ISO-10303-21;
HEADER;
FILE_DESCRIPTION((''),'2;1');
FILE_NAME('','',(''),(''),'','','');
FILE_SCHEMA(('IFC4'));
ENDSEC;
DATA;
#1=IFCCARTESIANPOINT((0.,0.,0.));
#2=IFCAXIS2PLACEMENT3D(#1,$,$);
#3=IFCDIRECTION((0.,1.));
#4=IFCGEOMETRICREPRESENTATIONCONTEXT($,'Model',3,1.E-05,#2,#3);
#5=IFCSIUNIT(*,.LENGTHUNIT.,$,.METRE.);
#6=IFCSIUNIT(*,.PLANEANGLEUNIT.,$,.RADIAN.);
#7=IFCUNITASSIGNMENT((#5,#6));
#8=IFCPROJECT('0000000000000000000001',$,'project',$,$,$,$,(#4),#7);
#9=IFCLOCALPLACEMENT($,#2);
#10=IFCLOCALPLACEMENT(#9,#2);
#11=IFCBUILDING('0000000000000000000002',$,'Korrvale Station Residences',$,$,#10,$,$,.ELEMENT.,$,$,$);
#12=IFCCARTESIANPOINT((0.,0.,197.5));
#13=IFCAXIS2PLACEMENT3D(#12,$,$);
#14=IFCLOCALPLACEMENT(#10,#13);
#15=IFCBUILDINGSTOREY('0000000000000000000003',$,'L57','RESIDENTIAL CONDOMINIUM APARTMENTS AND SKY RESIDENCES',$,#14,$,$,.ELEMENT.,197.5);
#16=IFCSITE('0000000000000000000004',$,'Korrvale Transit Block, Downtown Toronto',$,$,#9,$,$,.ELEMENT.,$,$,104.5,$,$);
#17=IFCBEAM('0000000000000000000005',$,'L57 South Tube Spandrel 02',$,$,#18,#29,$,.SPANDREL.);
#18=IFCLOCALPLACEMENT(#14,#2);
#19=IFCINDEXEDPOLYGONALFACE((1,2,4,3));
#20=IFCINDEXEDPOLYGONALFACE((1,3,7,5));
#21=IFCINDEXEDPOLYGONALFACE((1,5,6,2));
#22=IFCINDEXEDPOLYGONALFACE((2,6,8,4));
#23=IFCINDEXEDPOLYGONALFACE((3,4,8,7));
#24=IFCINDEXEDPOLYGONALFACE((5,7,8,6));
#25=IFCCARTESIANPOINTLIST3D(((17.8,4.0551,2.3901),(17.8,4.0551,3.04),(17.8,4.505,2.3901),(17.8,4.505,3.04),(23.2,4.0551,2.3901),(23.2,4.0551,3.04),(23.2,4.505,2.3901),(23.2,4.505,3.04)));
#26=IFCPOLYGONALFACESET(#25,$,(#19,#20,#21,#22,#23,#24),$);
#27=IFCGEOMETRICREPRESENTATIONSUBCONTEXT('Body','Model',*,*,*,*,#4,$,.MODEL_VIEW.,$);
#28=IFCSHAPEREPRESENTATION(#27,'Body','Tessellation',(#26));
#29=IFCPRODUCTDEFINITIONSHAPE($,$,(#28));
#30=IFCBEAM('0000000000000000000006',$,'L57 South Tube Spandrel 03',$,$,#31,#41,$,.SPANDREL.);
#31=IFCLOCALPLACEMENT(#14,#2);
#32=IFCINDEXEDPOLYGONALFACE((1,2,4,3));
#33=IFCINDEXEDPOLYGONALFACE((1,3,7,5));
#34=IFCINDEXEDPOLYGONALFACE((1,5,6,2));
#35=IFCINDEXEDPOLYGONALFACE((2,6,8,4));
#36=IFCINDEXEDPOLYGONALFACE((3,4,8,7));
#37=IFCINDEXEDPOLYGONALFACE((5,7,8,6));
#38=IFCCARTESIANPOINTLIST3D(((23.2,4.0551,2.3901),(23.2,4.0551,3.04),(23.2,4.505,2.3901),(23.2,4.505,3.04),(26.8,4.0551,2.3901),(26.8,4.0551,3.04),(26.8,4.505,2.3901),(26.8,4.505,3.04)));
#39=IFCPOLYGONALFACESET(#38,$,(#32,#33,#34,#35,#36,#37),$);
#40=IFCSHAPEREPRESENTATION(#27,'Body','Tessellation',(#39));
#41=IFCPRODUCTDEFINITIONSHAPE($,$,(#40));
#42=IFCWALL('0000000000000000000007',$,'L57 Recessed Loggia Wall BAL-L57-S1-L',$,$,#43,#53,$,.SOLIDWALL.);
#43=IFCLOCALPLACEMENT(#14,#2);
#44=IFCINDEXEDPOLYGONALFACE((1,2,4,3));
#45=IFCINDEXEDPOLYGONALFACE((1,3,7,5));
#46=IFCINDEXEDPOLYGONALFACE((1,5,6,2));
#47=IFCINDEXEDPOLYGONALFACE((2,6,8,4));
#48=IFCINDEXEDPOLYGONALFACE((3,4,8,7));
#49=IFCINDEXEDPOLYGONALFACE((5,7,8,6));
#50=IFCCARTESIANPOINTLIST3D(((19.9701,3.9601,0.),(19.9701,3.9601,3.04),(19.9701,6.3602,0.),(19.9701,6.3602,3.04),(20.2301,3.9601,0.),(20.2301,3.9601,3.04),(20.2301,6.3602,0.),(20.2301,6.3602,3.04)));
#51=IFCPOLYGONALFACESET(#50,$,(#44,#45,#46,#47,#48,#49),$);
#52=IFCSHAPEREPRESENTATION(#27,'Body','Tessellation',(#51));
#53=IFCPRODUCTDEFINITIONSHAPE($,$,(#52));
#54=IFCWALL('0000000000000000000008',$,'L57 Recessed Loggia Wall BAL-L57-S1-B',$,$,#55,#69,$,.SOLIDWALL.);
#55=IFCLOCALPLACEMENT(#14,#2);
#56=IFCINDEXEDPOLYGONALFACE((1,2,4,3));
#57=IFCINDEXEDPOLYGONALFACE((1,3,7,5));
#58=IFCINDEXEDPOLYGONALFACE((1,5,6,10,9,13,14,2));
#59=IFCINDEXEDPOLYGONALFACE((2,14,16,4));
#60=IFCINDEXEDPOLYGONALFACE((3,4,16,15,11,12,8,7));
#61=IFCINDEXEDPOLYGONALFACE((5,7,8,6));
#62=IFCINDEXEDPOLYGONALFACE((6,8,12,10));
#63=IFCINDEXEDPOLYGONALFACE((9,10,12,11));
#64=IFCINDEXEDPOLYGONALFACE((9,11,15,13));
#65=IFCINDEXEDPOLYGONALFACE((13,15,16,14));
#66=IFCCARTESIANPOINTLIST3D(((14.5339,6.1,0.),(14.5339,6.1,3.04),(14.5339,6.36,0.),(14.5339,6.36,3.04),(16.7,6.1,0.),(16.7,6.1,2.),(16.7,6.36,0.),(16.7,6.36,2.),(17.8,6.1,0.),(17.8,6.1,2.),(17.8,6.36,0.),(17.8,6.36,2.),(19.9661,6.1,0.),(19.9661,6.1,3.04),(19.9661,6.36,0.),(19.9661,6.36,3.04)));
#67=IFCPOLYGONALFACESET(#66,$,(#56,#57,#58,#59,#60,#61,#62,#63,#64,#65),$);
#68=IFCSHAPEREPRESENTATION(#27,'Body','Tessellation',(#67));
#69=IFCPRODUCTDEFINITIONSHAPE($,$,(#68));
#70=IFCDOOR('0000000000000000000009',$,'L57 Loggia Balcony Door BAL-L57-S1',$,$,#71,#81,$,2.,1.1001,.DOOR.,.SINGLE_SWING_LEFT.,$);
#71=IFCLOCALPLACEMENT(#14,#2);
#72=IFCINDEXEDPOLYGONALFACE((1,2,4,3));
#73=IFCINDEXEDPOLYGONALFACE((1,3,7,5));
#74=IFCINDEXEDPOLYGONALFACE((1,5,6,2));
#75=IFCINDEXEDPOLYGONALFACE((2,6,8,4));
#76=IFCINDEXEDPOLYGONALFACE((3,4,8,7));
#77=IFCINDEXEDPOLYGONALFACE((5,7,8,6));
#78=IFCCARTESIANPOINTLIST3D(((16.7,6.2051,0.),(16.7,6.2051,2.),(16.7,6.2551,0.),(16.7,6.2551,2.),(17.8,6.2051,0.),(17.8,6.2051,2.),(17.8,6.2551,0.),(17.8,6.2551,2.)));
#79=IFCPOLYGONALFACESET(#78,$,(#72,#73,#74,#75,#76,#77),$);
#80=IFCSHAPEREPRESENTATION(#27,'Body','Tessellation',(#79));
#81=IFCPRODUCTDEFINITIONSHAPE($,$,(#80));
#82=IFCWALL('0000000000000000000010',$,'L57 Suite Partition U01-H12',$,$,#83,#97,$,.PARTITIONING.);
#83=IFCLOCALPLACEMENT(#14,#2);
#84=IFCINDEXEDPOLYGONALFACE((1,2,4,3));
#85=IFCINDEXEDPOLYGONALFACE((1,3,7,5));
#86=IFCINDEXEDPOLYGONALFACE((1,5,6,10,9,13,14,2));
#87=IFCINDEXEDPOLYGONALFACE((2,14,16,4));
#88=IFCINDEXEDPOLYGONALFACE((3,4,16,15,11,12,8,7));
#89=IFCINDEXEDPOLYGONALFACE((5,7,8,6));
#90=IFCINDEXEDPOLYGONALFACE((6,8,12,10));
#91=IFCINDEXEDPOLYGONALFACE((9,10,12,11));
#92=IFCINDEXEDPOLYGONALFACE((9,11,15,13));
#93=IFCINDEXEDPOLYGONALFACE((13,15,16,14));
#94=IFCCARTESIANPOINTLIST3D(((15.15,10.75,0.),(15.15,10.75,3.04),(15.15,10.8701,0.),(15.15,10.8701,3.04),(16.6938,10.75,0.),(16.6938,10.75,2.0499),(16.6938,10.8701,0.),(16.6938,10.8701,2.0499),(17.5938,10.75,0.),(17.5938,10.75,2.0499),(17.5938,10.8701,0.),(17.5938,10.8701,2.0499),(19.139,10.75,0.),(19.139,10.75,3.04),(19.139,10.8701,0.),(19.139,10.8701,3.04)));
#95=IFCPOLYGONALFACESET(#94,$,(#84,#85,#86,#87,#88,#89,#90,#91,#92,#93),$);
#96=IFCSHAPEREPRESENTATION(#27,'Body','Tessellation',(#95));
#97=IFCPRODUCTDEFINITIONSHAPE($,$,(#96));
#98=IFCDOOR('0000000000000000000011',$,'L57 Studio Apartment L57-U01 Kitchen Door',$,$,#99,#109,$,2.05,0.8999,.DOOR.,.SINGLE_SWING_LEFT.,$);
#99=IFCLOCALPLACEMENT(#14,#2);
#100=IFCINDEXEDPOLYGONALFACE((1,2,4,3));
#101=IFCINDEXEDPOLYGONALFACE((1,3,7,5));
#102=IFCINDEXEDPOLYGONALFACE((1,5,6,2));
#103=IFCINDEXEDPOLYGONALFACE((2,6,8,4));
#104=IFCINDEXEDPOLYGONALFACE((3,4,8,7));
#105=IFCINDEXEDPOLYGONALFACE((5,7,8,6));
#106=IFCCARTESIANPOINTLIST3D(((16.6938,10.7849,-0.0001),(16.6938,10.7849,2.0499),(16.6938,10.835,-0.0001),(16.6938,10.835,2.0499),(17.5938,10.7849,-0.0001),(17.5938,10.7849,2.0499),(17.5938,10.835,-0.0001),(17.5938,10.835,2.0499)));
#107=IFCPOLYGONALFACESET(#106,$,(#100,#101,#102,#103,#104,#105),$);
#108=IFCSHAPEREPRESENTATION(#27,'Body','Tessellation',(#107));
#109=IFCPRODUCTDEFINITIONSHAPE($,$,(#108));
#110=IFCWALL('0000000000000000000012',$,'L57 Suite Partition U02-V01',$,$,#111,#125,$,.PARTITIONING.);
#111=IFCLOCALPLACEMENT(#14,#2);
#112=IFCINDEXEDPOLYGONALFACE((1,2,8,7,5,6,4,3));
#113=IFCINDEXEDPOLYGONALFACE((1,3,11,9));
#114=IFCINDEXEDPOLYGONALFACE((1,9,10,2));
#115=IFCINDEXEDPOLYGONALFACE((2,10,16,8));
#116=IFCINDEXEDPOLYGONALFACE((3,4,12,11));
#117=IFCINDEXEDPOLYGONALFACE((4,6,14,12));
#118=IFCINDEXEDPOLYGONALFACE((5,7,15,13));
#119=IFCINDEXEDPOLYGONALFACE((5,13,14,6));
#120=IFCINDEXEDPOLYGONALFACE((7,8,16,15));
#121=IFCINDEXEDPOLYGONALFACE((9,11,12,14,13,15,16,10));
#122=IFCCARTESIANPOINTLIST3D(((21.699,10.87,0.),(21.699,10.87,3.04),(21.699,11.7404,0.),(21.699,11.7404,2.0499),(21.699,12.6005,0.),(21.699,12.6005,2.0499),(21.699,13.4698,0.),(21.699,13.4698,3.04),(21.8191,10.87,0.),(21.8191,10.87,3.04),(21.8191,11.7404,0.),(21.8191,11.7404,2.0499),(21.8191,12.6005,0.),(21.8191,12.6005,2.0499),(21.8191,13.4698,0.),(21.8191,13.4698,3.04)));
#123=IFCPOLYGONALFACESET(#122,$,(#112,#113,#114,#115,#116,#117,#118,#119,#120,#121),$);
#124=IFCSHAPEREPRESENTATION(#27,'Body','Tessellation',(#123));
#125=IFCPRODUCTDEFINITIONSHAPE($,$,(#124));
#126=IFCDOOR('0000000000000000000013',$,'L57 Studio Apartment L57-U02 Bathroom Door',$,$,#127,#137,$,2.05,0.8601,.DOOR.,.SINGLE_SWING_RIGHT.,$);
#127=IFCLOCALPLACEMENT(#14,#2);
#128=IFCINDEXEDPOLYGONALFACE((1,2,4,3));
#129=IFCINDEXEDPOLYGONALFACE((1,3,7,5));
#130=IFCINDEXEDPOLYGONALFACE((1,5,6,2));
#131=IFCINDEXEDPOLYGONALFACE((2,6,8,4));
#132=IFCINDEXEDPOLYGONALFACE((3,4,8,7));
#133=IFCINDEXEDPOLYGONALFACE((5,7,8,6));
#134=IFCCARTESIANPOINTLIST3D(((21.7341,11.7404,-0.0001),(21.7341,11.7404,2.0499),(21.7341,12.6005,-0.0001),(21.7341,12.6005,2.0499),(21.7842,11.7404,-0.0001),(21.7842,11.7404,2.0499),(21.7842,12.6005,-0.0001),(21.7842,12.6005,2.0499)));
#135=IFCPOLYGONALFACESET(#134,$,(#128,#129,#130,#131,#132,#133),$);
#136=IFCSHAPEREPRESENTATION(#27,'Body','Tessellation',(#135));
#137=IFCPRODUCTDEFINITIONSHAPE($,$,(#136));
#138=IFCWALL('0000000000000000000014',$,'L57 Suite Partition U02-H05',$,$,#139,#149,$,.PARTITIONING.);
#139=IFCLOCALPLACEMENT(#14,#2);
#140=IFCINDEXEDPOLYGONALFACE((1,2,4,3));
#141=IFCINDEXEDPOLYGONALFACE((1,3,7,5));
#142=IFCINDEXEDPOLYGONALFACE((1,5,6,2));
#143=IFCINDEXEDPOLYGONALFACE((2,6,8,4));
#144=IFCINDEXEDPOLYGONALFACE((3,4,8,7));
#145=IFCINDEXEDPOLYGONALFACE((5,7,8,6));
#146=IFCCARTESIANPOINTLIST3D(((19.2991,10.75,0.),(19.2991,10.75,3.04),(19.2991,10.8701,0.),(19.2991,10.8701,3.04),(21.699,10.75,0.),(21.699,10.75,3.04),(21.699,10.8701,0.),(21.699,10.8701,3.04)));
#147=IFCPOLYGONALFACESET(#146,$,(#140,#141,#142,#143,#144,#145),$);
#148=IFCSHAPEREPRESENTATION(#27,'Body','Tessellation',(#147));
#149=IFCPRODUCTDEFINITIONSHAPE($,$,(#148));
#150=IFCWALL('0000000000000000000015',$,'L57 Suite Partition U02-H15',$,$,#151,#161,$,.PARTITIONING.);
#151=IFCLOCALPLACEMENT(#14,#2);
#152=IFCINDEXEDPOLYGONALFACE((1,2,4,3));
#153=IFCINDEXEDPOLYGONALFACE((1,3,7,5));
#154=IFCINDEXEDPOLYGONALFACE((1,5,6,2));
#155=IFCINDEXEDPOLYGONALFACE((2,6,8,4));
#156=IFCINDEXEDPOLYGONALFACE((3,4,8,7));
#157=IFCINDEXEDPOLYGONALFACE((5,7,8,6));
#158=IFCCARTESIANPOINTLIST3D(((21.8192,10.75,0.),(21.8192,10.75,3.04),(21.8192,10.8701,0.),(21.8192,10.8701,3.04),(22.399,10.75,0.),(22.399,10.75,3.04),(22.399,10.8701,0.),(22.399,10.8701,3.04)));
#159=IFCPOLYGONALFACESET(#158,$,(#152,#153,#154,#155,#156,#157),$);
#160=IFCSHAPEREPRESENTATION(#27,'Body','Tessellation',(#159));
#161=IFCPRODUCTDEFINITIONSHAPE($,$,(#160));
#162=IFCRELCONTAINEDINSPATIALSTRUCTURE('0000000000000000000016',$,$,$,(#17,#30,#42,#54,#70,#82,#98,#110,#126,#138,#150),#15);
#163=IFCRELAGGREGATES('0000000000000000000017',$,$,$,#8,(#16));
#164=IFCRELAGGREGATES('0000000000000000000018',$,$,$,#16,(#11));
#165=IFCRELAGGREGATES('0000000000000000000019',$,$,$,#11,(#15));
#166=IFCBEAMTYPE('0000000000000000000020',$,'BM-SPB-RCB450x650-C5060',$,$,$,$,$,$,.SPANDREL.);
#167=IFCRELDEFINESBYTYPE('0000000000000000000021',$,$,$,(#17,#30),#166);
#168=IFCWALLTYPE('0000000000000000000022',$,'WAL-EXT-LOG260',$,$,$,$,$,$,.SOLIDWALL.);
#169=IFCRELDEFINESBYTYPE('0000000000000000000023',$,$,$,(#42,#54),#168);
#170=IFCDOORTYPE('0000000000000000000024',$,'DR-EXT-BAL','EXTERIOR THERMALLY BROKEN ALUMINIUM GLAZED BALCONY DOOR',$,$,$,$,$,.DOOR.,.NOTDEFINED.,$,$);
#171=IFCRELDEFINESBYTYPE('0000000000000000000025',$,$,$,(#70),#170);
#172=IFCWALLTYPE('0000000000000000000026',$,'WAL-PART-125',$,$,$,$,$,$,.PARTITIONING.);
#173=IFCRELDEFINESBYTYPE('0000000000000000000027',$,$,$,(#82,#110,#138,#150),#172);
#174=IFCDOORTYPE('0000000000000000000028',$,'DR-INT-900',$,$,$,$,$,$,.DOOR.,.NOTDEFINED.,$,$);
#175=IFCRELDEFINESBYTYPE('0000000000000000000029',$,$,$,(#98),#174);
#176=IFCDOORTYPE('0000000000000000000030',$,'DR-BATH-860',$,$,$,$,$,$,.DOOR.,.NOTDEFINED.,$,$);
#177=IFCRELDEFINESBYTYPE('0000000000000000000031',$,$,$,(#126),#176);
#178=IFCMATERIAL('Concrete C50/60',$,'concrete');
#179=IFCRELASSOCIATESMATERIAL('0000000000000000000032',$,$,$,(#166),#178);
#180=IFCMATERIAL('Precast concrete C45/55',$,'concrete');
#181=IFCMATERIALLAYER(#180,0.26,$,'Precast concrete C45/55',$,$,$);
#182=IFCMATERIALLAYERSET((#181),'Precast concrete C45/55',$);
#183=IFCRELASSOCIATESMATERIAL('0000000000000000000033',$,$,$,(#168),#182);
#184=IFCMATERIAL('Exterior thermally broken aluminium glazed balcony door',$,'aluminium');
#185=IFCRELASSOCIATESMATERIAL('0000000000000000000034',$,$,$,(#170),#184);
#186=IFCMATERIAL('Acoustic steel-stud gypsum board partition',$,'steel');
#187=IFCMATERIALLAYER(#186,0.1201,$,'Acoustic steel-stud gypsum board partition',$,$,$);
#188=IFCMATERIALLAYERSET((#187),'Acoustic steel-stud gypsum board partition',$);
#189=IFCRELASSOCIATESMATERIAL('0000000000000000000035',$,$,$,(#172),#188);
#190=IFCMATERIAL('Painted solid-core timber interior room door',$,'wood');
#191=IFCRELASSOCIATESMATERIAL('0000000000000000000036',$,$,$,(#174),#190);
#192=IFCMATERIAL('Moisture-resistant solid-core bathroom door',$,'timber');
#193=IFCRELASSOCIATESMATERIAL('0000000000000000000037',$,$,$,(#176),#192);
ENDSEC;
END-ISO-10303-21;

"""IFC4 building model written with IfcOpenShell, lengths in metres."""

from ifc_helpers import new_model, si_unit, direction, frame, frame_2d, origin, origin_2d, place, context, subcontext, project, spatial, rectangle, extrude, material, layer, layer_set, material_profile, profile_set, type_object, element, fill, save


model = new_model("IFC4")

# Units and contexts
model_context = context("Model", 3, precision=1e-05, world=origin(), true_north=direction((0.0, 1.0)))
body_context = subcontext(model_context, "Body", "Model", "MODEL_VIEW")
ifc_project = project(units=[si_unit("LENGTHUNIT", "METRE"), si_unit("PLANEANGLEUNIT", "RADIAN")], contexts=[model_context])

# Site, building, storey
site_placement = place(None, origin())
site = spatial("IfcSite", under=ifc_project, at=site_placement, Name="Korrvale Transit Block, Downtown Toronto", CompositionType="ELEMENT", RefElevation=104.5)
building_placement = place(site_placement, origin())
building = spatial("IfcBuilding", under=site, at=building_placement, Name="Korrvale Station Residences", CompositionType="ELEMENT")
storey_placement = place(building_placement, frame((0.0, 0.0, 197.5)))
storey = spatial("IfcBuildingStorey", under=building, at=storey_placement, Name="L57", Description="RESIDENTIAL CONDOMINIUM APARTMENTS AND SKY RESIDENCES", CompositionType="ELEMENT", Elevation=197.5)

# Shared definitions
ifc_material_1 = material(Name="Concrete C50/60", Category="concrete")

# Beams
ifc_material_profile_1 = material_profile(ifc_material_1, rectangle(XDim=0.45, YDim=0.6499, at=origin_2d()), Name="RCB450x650")
ifc_profile_set_1 = profile_set([ifc_material_profile_1], Name="Concrete C50/60")
beam_type_1 = type_object("IfcBeamType", Name="BM-SPB-RCB450x650-C5060", PredefinedType="SPANDREL", material=ifc_profile_set_1)
beam_1_placement = place(storey_placement, frame((17.8, 4.28, 2.7151), z_axis=(1.0, 0.0, 0.0), x_axis=(0.0, 1.0, 0.0)))
element("IfcBeam", 1, at=beam_1_placement, inside=storey, type_object=beam_type_1, Name="L57 South Tube Spandrel 02", PredefinedType="SPANDREL", context=body_context, shape_type="SweptSolid", body=[
    extrude(rectangle(XDim=0.45, YDim=0.6499, at=origin_2d()), origin(), (0.0, 0.0, 1.0), 5.3999),
])
beam_2_placement = place(storey_placement, frame((23.2, 4.28, 2.7151), z_axis=(1.0, 0.0, 0.0), x_axis=(0.0, 1.0, 0.0)))
element("IfcBeam", 2, at=beam_2_placement, inside=storey, type_object=beam_type_1, Name="L57 South Tube Spandrel 03", PredefinedType="SPANDREL", context=body_context, shape_type="SweptSolid", body=[
    extrude(rectangle(XDim=0.45, YDim=0.6499, at=origin_2d()), origin(), (0.0, 0.0, 1.0), 3.6001),
])

# Wall
ifc_material_2 = material(Name="Precast concrete C45/55", Category="concrete")
ifc_layer_1 = layer(ifc_material_2, 0.26, Name="Precast concrete C45/55")
ifc_layer_set_1 = layer_set([ifc_layer_1], Name="Precast concrete C45/55")
wall_type_1 = type_object("IfcWallType", Name="WAL-EXT-LOG260", PredefinedType="SOLIDWALL", material=ifc_layer_set_1)
wall_1_placement = place(storey_placement, frame((20.1001, 3.96, 0.0), z_axis=(0.0, 0.0, 1.0), x_axis=(0.0, 1.0, 0.0)))
element("IfcWall", 3, at=wall_1_placement, inside=storey, type_object=wall_type_1, Name="L57 Recessed Loggia Wall BAL-L57-S1-L", PredefinedType="SOLIDWALL", context=body_context, shape_type="SweptSolid", body=[
    extrude(rectangle(XDim=2.4001, YDim=0.26, at=frame_2d((1.2002, 0.0))), origin(), (0.0, 0.0, 1.0), 3.04),
])

# Walls, openings, doors
wall_2_placement = place(storey_placement, frame((19.9661, 6.23, 0.0), z_axis=(0.0, 0.0, 1.0), x_axis=(-1.0, 0.0, 0.0)))
wall_2 = element("IfcWall", 4, at=wall_2_placement, inside=storey, type_object=wall_type_1, Name="L57 Recessed Loggia Wall BAL-L57-S1-B", PredefinedType="SOLIDWALL", context=body_context, shape_type="SweptSolid", body=[
    extrude(rectangle(XDim=5.4321, YDim=0.26, at=frame_2d((2.7161, 0.0))), origin(), (0.0, 0.0, 1.0), 3.04),
])
opening_1_placement = place(wall_2_placement, frame((2.166, 0.0, 0.0)))
opening_1 = element("IfcOpeningElement", 5, at=opening_1_placement, cuts=wall_2, PredefinedType="OPENING", context=body_context, shape_type="SweptSolid", body=[
    extrude(rectangle(XDim=1.1001, YDim=2.0, at=frame_2d((0.55, 1.0))), frame((0.0, 0.1401, 0.0), z_axis=(0.0, -1.0, 0.0), x_axis=(1.0, 0.0, 0.0)), (0.0, 0.0, 1.0), 0.28),
])
ifc_material_3 = material(Name="Exterior thermally broken aluminium glazed balcony door", Category="aluminium")
door_type_1 = type_object("IfcDoorType", Name="DR-EXT-BAL", Description="EXTERIOR THERMALLY BROKEN ALUMINIUM GLAZED BALCONY DOOR", OperationType="NOTDEFINED", PredefinedType="DOOR", material=ifc_material_3)
door_1_placement = place(opening_1_placement, origin())
door_1 = element("IfcDoor", 6, at=door_1_placement, inside=storey, type_object=door_type_1, Name="L57 Loggia Balcony Door BAL-L57-S1", OperationType="SINGLE_SWING_LEFT", OverallHeight=2.0, OverallWidth=1.1001, PredefinedType="DOOR", context=body_context, shape_type="SweptSolid", body=[
    extrude(rectangle(XDim=1.1001, YDim=2.0, at=frame_2d((0.55, 1.0))), frame((0.0, 0.0249, 0.0), z_axis=(0.0, -1.0, 0.0), x_axis=(1.0, 0.0, 0.0)), (0.0, 0.0, 1.0), 0.05),
])
fill(opening_1, door_1)
ifc_material_4 = material(Name="Acoustic steel-stud gypsum board partition", Category="steel")
ifc_layer_2 = layer(ifc_material_4, 0.1201, Name="Acoustic steel-stud gypsum board partition")
ifc_layer_set_2 = layer_set([ifc_layer_2], Name="Acoustic steel-stud gypsum board partition")
wall_type_2 = type_object("IfcWallType", Name="WAL-PART-125", PredefinedType="PARTITIONING", material=ifc_layer_set_2)
wall_3_placement = place(storey_placement, frame((15.1499, 10.8101, 0.0), z_axis=(0.0, 0.0, 1.0), x_axis=(1.0, 0.0, 0.0)))
wall_3 = element("IfcWall", 7, at=wall_3_placement, inside=storey, type_object=wall_type_2, Name="L57 Suite Partition U01-H12", PredefinedType="PARTITIONING", context=body_context, shape_type="SweptSolid", body=[
    extrude(rectangle(XDim=3.989, YDim=0.1201, at=frame_2d((1.9946, 0.0))), origin(), (0.0, 0.0, 1.0), 3.04),
])
opening_2_placement = place(wall_3_placement, frame((1.5439, 0.0, 0.0)))
opening_2 = element("IfcOpeningElement", 8, at=opening_2_placement, cuts=wall_3, PredefinedType="OPENING", context=body_context, shape_type="SweptSolid", body=[
    extrude(rectangle(XDim=0.8999, YDim=2.05, at=frame_2d((0.45, 1.0249))), frame((0.0, 0.0701, 0.0), z_axis=(0.0, -1.0, 0.0), x_axis=(1.0, 0.0, 0.0)), (0.0, 0.0, 1.0), 0.1401),
])
ifc_material_5 = material(Name="Painted solid-core timber interior room door", Category="wood")
door_type_2 = type_object("IfcDoorType", Name="DR-INT-900", OperationType="NOTDEFINED", PredefinedType="DOOR", material=ifc_material_5)
door_2_placement = place(opening_2_placement, origin())
door_2 = element("IfcDoor", 9, at=door_2_placement, inside=storey, type_object=door_type_2, Name="L57 Studio Apartment L57-U01 Kitchen Door", OperationType="SINGLE_SWING_LEFT", OverallHeight=2.05, OverallWidth=0.8999, PredefinedType="DOOR", context=body_context, shape_type="SweptSolid", body=[
    extrude(rectangle(XDim=0.8999, YDim=2.05, at=frame_2d((0.45, 1.0249))), frame((0.0, 0.0249, 0.0), z_axis=(0.0, -1.0, 0.0), x_axis=(1.0, 0.0, 0.0)), (0.0, 0.0, 1.0), 0.05),
])
fill(opening_2, door_2)
wall_4_placement = place(storey_placement, frame((21.759, 10.8701, 0.0), z_axis=(0.0, 0.0, 1.0), x_axis=(0.0, 1.0, 0.0)))
wall_4 = element("IfcWall", 10, at=wall_4_placement, inside=storey, type_object=wall_type_2, Name="L57 Suite Partition U02-V01", PredefinedType="PARTITIONING", context=body_context, shape_type="SweptSolid", body=[
    extrude(rectangle(XDim=2.5999, YDim=0.1201, at=frame_2d((1.2998, 0.0))), origin(), (0.0, 0.0, 1.0), 3.04),
])
opening_3_placement = place(wall_4_placement, frame((0.8701, 0.0, 0.0)))
opening_3 = element("IfcOpeningElement", 11, at=opening_3_placement, cuts=wall_4, PredefinedType="OPENING", context=body_context, shape_type="SweptSolid", body=[
    extrude(rectangle(XDim=0.8601, YDim=2.05, at=frame_2d((0.4302, 1.0249))), frame((0.0, 0.0701, 0.0), z_axis=(0.0, -1.0, 0.0), x_axis=(1.0, 0.0, 0.0)), (0.0, 0.0, 1.0), 0.1401),
])
ifc_material_6 = material(Name="Moisture-resistant solid-core bathroom door", Category="timber")
door_type_3 = type_object("IfcDoorType", Name="DR-BATH-860", OperationType="NOTDEFINED", PredefinedType="DOOR", material=ifc_material_6)
door_3_placement = place(opening_3_placement, origin())
door_3 = element("IfcDoor", 12, at=door_3_placement, inside=storey, type_object=door_type_3, Name="L57 Studio Apartment L57-U02 Bathroom Door", OperationType="SINGLE_SWING_RIGHT", OverallHeight=2.05, OverallWidth=0.8601, PredefinedType="DOOR", context=body_context, shape_type="SweptSolid", body=[
    extrude(rectangle(XDim=0.8601, YDim=2.05, at=frame_2d((0.4302, 1.0249))), frame((0.0, 0.0249, 0.0), z_axis=(0.0, -1.0, 0.0), x_axis=(1.0, 0.0, 0.0)), (0.0, 0.0, 1.0), 0.05),
])
fill(opening_3, door_3)

# Walls
wall_5_placement = place(storey_placement, frame((19.2991, 10.8101, 0.0), z_axis=(0.0, 0.0, 1.0), x_axis=(1.0, 0.0, 0.0)))
element("IfcWall", 13, at=wall_5_placement, inside=storey, type_object=wall_type_2, Name="L57 Suite Partition U02-H05", PredefinedType="PARTITIONING", context=body_context, shape_type="SweptSolid", body=[
    extrude(rectangle(XDim=2.3999, YDim=0.1201, at=frame_2d((1.2, 0.0))), origin(), (0.0, 0.0, 1.0), 3.04),
])
wall_6_placement = place(storey_placement, frame((21.8191, 10.8101, 0.0), z_axis=(0.0, 0.0, 1.0), x_axis=(1.0, 0.0, 0.0)))
element("IfcWall", 14, at=wall_6_placement, inside=storey, type_object=wall_type_2, Name="L57 Suite Partition U02-H15", PredefinedType="PARTITIONING", context=body_context, shape_type="SweptSolid", body=[
    extrude(rectangle(XDim=0.5798, YDim=0.1201, at=frame_2d((0.29, 0.0))), origin(), (0.0, 0.0, 1.0), 3.04),
])

save(model, "model.ifc")
